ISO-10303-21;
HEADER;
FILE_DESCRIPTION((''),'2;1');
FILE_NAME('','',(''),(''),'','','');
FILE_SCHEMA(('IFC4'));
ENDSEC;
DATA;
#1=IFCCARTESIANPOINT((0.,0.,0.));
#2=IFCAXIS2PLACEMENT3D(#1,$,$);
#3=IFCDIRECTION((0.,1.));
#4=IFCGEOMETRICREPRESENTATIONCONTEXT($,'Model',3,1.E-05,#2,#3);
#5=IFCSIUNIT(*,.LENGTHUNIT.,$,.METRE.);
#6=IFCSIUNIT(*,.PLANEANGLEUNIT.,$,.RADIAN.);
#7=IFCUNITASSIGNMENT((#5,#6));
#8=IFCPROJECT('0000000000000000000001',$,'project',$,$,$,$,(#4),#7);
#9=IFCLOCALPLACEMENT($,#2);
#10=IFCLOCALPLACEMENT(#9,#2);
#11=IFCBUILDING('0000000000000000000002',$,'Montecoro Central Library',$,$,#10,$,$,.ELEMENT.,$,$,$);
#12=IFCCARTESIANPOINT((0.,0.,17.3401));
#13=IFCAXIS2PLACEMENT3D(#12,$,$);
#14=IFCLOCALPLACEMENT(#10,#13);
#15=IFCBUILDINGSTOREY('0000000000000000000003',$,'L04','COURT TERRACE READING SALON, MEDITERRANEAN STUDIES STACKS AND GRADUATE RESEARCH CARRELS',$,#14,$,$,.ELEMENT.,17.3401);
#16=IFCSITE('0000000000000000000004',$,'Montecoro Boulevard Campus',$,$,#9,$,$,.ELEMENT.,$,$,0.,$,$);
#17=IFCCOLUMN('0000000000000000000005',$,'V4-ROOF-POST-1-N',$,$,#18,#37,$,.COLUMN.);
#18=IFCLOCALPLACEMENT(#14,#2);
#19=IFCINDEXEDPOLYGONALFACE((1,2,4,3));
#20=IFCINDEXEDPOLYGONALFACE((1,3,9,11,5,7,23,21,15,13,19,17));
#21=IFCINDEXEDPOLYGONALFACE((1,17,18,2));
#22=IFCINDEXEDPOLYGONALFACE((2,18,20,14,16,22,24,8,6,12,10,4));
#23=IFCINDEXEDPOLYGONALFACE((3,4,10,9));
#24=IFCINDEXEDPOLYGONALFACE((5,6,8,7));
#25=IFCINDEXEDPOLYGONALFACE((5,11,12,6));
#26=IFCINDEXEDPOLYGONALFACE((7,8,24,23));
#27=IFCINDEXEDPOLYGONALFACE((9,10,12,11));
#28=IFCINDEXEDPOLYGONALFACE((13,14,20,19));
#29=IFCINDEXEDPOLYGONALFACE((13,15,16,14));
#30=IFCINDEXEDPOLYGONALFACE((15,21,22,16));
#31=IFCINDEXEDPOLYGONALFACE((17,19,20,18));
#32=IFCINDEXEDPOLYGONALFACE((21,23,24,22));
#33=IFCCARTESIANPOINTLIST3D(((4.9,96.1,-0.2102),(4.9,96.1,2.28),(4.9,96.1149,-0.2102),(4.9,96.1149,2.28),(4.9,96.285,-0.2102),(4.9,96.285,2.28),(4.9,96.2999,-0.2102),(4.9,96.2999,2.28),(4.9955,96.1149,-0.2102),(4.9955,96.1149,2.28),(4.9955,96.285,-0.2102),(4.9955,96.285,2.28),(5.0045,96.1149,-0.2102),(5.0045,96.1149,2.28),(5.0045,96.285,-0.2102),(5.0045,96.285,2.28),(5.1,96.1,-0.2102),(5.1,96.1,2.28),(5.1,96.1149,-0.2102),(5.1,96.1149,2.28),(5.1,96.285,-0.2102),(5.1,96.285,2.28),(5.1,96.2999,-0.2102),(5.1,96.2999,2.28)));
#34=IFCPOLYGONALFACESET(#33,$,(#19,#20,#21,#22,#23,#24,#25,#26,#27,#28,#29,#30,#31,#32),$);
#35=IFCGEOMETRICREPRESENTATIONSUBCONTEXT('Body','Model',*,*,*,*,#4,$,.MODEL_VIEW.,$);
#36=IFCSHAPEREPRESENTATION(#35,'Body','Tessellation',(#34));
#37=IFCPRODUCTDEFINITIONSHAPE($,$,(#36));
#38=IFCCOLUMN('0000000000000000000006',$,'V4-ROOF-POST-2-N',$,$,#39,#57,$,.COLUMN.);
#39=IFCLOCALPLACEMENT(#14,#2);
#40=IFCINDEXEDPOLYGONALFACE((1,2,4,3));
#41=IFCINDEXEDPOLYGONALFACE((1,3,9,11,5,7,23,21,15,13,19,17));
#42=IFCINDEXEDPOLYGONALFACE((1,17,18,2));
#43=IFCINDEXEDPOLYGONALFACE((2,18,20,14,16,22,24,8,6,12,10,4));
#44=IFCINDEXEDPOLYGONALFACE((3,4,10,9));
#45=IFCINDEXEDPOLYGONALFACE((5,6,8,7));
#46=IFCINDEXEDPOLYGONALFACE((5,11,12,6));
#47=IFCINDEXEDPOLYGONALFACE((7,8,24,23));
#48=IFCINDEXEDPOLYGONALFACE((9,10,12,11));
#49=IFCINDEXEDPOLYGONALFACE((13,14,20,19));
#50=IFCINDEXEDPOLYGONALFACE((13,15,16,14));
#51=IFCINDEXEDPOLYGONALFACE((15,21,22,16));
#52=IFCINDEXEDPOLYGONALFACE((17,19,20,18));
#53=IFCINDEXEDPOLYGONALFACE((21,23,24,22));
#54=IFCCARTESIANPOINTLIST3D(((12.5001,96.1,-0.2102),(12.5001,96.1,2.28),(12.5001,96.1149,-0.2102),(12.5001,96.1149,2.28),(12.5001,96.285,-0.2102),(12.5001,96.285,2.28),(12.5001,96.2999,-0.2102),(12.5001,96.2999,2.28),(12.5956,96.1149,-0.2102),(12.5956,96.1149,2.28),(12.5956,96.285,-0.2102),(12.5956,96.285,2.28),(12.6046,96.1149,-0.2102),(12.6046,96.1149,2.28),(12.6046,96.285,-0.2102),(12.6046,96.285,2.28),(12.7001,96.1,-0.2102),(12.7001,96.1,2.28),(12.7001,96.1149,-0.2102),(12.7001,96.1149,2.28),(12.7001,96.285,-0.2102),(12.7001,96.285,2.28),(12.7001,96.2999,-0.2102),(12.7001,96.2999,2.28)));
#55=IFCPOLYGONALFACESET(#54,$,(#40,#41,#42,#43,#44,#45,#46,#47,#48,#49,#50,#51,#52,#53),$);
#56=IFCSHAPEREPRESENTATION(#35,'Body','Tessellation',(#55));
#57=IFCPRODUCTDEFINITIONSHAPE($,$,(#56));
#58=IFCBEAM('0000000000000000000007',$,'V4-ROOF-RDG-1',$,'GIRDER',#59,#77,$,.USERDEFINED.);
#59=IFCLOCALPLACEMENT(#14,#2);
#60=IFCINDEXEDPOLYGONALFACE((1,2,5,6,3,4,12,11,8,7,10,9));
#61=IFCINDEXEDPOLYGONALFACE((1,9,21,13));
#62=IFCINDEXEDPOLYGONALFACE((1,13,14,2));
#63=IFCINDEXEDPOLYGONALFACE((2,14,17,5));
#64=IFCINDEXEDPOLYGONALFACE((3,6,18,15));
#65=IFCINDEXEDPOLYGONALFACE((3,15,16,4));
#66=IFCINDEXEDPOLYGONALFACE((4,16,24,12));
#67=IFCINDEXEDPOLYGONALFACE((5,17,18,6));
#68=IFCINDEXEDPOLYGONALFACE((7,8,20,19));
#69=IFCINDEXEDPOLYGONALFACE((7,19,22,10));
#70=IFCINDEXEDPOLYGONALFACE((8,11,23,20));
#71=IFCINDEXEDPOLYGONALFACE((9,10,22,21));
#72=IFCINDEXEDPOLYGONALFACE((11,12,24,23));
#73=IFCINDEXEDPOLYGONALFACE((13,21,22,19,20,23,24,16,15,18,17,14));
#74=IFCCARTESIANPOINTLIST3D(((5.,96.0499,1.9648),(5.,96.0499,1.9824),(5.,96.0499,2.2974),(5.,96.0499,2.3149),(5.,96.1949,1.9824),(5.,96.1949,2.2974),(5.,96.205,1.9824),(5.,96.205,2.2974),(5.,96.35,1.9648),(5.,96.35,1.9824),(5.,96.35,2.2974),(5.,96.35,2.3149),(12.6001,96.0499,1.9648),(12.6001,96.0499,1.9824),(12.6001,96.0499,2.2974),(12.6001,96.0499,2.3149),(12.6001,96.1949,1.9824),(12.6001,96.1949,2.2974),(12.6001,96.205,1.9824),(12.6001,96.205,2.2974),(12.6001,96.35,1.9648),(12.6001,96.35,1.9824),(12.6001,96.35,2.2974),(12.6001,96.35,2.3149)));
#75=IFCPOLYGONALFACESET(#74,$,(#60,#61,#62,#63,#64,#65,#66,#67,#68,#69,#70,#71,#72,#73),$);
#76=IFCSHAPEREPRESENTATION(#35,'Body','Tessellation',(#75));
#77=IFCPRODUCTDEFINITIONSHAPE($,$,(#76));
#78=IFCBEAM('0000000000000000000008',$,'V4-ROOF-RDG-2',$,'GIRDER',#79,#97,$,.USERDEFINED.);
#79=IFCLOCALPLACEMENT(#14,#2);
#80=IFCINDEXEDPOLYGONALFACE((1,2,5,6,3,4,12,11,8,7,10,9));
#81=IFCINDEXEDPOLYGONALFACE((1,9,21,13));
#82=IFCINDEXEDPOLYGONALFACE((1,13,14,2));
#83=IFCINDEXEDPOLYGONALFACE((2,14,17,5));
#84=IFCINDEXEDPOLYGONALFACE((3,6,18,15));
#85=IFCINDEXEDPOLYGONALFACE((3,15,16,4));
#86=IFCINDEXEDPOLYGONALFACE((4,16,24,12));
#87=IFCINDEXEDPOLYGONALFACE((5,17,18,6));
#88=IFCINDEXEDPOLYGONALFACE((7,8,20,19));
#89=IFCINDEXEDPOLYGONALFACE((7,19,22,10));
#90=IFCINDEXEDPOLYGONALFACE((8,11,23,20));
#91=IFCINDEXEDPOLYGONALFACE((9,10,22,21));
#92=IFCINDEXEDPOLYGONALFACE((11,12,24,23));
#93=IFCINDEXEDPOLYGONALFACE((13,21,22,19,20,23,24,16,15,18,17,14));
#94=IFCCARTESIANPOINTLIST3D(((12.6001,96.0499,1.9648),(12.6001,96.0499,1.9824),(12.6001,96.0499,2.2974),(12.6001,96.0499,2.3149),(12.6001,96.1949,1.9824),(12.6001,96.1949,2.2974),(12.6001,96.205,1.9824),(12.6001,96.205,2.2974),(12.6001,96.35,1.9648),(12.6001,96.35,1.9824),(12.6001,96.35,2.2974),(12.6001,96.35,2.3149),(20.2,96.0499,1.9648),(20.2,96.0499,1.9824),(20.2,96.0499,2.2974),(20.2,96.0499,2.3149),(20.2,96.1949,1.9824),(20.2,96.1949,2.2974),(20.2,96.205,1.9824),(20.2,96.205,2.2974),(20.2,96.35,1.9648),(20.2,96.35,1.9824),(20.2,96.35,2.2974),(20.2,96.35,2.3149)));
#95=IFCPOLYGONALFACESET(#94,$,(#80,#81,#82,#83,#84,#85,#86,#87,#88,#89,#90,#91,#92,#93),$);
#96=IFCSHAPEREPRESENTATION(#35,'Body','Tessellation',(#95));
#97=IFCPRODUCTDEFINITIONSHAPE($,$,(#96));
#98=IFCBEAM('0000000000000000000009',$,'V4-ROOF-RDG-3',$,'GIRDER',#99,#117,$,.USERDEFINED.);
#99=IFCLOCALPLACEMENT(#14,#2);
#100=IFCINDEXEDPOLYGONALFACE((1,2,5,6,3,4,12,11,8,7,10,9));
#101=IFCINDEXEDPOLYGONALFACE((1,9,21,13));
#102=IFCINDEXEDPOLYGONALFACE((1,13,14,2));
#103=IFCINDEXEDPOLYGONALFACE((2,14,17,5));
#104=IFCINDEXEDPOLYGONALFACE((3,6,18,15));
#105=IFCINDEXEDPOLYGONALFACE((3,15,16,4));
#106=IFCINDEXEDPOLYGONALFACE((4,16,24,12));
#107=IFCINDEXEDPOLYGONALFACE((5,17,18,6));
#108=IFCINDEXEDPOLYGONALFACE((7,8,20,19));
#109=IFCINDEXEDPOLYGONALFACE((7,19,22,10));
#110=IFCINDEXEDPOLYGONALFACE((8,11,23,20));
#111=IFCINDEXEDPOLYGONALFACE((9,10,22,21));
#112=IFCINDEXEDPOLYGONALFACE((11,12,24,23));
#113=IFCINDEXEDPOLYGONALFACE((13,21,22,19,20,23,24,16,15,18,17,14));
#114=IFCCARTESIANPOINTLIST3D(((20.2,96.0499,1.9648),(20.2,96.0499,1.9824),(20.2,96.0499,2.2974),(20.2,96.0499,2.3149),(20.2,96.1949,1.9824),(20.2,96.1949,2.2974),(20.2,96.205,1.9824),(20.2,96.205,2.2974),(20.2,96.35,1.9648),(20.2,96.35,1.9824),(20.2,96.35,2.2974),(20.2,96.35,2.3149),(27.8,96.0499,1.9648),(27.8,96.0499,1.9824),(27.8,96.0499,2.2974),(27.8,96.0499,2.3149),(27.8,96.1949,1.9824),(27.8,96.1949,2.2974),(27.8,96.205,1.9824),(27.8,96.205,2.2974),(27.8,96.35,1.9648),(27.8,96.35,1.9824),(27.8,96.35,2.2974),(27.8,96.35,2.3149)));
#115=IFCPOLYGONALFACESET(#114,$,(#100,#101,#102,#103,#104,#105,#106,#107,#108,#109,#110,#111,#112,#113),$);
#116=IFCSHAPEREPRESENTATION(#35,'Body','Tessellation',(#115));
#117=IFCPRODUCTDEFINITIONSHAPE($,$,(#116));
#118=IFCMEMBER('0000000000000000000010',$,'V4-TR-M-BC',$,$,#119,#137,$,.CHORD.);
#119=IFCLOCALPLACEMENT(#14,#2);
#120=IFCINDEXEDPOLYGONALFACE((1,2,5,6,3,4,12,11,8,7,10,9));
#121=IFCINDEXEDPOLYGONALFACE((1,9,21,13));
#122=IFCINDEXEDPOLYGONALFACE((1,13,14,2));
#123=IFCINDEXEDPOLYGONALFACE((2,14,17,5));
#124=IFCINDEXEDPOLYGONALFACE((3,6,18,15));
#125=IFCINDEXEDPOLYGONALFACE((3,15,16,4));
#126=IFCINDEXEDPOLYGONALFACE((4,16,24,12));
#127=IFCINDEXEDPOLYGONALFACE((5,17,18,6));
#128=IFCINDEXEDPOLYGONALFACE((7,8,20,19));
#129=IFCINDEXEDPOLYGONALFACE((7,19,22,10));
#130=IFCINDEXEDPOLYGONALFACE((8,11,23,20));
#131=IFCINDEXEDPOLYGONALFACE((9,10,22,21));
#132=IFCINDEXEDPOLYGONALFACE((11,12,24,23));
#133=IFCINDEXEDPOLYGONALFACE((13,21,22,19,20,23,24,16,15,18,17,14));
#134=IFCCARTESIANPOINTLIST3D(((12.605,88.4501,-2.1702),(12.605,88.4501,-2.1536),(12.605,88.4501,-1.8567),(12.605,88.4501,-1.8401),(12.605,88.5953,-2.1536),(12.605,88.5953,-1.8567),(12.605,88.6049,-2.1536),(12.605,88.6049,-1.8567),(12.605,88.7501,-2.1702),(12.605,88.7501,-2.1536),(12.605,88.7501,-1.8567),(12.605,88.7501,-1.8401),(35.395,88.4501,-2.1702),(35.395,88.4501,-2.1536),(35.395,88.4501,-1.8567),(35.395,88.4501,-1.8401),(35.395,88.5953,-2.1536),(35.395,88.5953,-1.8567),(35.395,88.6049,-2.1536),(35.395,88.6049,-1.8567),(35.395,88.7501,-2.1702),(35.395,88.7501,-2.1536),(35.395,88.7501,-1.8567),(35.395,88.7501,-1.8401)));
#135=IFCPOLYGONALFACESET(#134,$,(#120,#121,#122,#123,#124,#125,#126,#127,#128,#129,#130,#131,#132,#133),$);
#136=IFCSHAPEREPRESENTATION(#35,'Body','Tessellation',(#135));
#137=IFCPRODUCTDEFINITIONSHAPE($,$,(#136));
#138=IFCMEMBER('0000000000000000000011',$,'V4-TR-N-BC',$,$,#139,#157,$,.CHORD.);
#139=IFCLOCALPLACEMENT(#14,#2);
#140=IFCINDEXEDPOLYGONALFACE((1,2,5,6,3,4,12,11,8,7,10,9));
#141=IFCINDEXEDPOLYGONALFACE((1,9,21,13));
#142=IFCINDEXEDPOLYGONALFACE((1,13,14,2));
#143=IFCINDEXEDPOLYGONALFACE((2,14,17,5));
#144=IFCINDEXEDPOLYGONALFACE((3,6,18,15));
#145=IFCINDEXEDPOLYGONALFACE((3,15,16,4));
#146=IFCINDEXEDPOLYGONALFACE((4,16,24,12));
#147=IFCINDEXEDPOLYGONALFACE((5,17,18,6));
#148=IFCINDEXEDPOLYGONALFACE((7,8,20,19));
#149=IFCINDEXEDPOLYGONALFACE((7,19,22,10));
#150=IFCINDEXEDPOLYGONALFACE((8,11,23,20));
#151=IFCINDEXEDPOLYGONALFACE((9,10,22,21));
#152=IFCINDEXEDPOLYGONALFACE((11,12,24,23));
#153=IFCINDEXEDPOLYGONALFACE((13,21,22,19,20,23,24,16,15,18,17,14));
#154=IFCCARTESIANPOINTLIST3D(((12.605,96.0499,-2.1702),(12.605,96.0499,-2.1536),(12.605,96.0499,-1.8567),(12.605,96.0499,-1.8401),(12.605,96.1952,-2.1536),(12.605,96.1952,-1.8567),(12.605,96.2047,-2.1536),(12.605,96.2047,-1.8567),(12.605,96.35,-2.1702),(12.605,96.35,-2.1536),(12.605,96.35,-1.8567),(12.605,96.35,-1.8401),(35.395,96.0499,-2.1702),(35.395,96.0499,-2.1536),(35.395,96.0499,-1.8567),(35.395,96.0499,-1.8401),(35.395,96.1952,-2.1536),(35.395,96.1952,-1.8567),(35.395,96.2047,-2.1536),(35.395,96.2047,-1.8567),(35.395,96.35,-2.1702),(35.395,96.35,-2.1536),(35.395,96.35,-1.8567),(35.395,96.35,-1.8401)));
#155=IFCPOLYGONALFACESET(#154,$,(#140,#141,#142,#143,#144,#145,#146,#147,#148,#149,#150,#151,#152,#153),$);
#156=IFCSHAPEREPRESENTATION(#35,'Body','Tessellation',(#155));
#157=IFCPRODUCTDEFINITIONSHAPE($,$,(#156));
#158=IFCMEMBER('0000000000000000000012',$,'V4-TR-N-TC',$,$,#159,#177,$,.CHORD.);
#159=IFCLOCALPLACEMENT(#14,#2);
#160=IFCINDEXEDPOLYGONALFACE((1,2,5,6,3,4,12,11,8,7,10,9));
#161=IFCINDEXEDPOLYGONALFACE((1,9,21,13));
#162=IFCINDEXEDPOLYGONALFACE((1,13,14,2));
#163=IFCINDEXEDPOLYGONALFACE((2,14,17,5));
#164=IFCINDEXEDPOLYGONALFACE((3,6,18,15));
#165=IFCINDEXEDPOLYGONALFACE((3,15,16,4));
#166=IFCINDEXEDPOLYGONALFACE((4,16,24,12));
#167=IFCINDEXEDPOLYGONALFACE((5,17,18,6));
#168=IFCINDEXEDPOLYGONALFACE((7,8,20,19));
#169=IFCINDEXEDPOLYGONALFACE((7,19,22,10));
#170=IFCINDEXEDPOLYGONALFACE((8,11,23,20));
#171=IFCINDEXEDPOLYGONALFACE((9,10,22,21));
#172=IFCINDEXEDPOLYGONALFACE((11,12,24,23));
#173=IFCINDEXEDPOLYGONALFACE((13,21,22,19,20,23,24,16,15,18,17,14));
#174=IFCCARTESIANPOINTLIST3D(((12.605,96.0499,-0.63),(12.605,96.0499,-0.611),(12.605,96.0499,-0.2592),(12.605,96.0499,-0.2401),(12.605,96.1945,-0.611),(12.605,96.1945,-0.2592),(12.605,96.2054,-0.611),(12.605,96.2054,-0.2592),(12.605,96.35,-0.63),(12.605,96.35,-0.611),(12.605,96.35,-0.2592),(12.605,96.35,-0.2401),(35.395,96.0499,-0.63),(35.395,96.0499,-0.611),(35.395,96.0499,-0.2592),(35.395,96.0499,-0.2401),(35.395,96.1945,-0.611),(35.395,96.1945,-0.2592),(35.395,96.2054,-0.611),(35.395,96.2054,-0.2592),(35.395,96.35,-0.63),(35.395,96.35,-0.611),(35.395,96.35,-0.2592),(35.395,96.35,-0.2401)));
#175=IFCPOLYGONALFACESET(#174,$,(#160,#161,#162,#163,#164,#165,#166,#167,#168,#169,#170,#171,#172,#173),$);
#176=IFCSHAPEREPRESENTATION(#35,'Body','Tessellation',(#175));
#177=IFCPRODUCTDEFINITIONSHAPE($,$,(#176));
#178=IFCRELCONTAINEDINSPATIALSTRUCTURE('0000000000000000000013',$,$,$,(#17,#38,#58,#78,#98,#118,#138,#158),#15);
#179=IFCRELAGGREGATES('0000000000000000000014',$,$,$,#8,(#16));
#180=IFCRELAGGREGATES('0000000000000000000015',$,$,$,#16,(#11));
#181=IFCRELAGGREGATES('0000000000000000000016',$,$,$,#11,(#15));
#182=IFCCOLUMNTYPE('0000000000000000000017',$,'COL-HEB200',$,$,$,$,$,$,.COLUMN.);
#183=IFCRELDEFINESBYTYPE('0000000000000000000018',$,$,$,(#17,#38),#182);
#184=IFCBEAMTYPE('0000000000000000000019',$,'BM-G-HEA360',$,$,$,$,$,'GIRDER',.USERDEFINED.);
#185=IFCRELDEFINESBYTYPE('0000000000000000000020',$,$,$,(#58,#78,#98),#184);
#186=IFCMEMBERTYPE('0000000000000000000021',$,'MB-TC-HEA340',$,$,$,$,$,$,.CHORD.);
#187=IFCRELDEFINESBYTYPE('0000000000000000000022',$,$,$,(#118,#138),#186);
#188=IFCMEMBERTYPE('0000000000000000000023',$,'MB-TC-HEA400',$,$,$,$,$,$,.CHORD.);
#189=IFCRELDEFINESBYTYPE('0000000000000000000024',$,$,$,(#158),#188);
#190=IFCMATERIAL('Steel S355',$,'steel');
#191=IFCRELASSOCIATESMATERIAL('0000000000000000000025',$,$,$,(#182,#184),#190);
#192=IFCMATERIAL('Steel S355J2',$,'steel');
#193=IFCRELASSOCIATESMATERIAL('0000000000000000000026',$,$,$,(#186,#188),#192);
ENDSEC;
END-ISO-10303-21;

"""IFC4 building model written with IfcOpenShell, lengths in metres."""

from ifc_helpers import new_model, si_unit, direction, frame, origin, origin_2d, place, context, subcontext, project, spatial, i_section, extrude, material, material_profile, profile_set, type_object, element, save


model = new_model("IFC4")

# Units and contexts
model_context = context("Model", 3, precision=1e-05, world=origin(), true_north=direction((0.0, 1.0)))
body_context = subcontext(model_context, "Body", "Model", "MODEL_VIEW")
ifc_project = project(units=[si_unit("LENGTHUNIT", "METRE"), si_unit("PLANEANGLEUNIT", "RADIAN")], contexts=[model_context])

# Site, building, storey
site_placement = place(None, origin())
site = spatial("IfcSite", under=ifc_project, at=site_placement, Name="Montecoro Boulevard Campus", CompositionType="ELEMENT", RefElevation=0.0)
building_placement = place(site_placement, origin())
building = spatial("IfcBuilding", under=site, at=building_placement, Name="Montecoro Central Library", CompositionType="ELEMENT")
storey_placement = place(building_placement, frame((0.0, 0.0, 17.3401)))
storey = spatial("IfcBuildingStorey", under=building, at=storey_placement, Name="L04", Description="COURT TERRACE READING SALON, MEDITERRANEAN STUDIES STACKS AND GRADUATE RESEARCH CARRELS", CompositionType="ELEMENT", Elevation=17.3401)

# Columns
ifc_material_1 = material(Name="Steel S355", Category="steel")
ifc_material_profile_1 = material_profile(ifc_material_1, i_section(OverallWidth=0.2, OverallDepth=0.2, WebThickness=0.009, FlangeThickness=0.0149, at=origin_2d()), Name="HEB 200")
ifc_profile_set_1 = profile_set([ifc_material_profile_1], Name="Steel S355")
column_type = type_object("IfcColumnType", Name="COL-HEB200", PredefinedType="COLUMN", material=ifc_profile_set_1)
for number, where, z_axis, x_axis, name in (
    (1, (5.0, 96.2, -0.2102), (0.0, 0.0, 1.0), (1.0, 0.0, 0.0), "V4-ROOF-POST-1-N"),
    (2, (12.6001, 96.2, -0.2102), (0.0, 0.0, 1.0), (1.0, 0.0, 0.0), "V4-ROOF-POST-2-N"),
):
    element("IfcColumn", number, at=place(storey_placement, frame(where, z_axis=z_axis, x_axis=x_axis)), inside=storey, type_object=column_type, Name=name, PredefinedType="COLUMN", context=body_context, shape_type="SweptSolid", body=[
        extrude(i_section(OverallWidth=0.2, OverallDepth=0.2, WebThickness=0.009, FlangeThickness=0.0149, at=origin_2d()), origin(), (0.0, 0.0, 1.0), 2.4902),
    ])

# Beams
ifc_material_profile_2 = material_profile(ifc_material_1, i_section(OverallWidth=0.3, OverallDepth=0.3501, WebThickness=0.01, FlangeThickness=0.0176, at=origin_2d()), Name="HEA 360")
ifc_profile_set_2 = profile_set([ifc_material_profile_2], Name="Steel S355")
beam_type = type_object("IfcBeamType", Name="BM-G-HEA360", ElementType="GIRDER", PredefinedType="USERDEFINED", material=ifc_profile_set_2)
beam_1_placement = place(storey_placement, frame((5.0, 96.2, 2.1399), z_axis=(1.0, 0.0, 0.0), x_axis=(0.0, 1.0, 0.0)))
element("IfcBeam", 3, at=beam_1_placement, inside=storey, type_object=beam_type, Name="V4-ROOF-RDG-1", ObjectType="GIRDER", PredefinedType="USERDEFINED", context=body_context, shape_type="SweptSolid", body=[
    extrude(i_section(OverallWidth=0.3, OverallDepth=0.3501, WebThickness=0.01, FlangeThickness=0.0176, at=origin_2d()), origin(), (0.0, 0.0, 1.0), 7.6001),
])
beam_2_placement = place(storey_placement, frame((12.6001, 96.2, 2.1399), z_axis=(1.0, 0.0, 0.0), x_axis=(0.0, 1.0, 0.0)))
element("IfcBeam", 4, at=beam_2_placement, inside=storey, type_object=beam_type, Name="V4-ROOF-RDG-2", ObjectType="GIRDER", PredefinedType="USERDEFINED", context=body_context, shape_type="SweptSolid", body=[
    extrude(i_section(OverallWidth=0.3, OverallDepth=0.3501, WebThickness=0.01, FlangeThickness=0.0176, at=origin_2d()), origin(), (0.0, 0.0, 1.0), 7.5999),
])
beam_3_placement = place(storey_placement, frame((20.2, 96.2, 2.1399), z_axis=(1.0, 0.0, 0.0), x_axis=(0.0, 1.0, 0.0)))
element("IfcBeam", 5, at=beam_3_placement, inside=storey, type_object=beam_type, Name="V4-ROOF-RDG-3", ObjectType="GIRDER", PredefinedType="USERDEFINED", context=body_context, shape_type="SweptSolid", body=[
    extrude(i_section(OverallWidth=0.3, OverallDepth=0.3501, WebThickness=0.01, FlangeThickness=0.0176, at=origin_2d()), origin(), (0.0, 0.0, 1.0), 7.6001),
])

# Members
ifc_material_2 = material(Name="Steel S355J2", Category="steel")
ifc_material_profile_3 = material_profile(ifc_material_2, i_section(OverallWidth=0.3, OverallDepth=0.3301, WebThickness=0.0095, FlangeThickness=0.0166, at=origin_2d()), Name="HEA 340")
ifc_profile_set_3 = profile_set([ifc_material_profile_3], Name="Steel S355J2")
member_type_1 = type_object("IfcMemberType", Name="MB-TC-HEA340", PredefinedType="CHORD", material=ifc_profile_set_3)
for number, where, z_axis, x_axis, name in (
    (6, (12.605, 88.6001, -2.0051), (1.0, 0.0, 0.0), (0.0, 1.0, 0.0), "V4-TR-M-BC"),
    (7, (12.605, 96.2, -2.0051), (1.0, 0.0, 0.0), (0.0, 1.0, 0.0), "V4-TR-N-BC"),
):
    element("IfcMember", number, at=place(storey_placement, frame(where, z_axis=z_axis, x_axis=x_axis)), inside=storey, type_object=member_type_1, Name=name, PredefinedType="CHORD", context=body_context, shape_type="SweptSolid", body=[
        extrude(i_section(OverallWidth=0.3, OverallDepth=0.3301, WebThickness=0.0095, FlangeThickness=0.0166, at=origin_2d()), origin(), (0.0, 0.0, 1.0), 22.79),
    ])
ifc_material_profile_4 = material_profile(ifc_material_2, i_section(OverallWidth=0.3, OverallDepth=0.3899, WebThickness=0.011, FlangeThickness=0.019, at=origin_2d()), Name="HEA 400")
ifc_profile_set_4 = profile_set([ifc_material_profile_4], Name="Steel S355J2")
member_type_2 = type_object("IfcMemberType", Name="MB-TC-HEA400", PredefinedType="CHORD", material=ifc_profile_set_4)
member_placement = place(storey_placement, frame((12.605, 96.2, -0.4351), z_axis=(1.0, 0.0, 0.0), x_axis=(0.0, 1.0, 0.0)))
element("IfcMember", 8, at=member_placement, inside=storey, type_object=member_type_2, Name="V4-TR-N-TC", PredefinedType="CHORD", context=body_context, shape_type="SweptSolid", body=[
    extrude(i_section(OverallWidth=0.3, OverallDepth=0.3899, WebThickness=0.011, FlangeThickness=0.019, at=origin_2d()), origin(), (0.0, 0.0, 1.0), 22.79),
])

save(model, "model.ifc")
